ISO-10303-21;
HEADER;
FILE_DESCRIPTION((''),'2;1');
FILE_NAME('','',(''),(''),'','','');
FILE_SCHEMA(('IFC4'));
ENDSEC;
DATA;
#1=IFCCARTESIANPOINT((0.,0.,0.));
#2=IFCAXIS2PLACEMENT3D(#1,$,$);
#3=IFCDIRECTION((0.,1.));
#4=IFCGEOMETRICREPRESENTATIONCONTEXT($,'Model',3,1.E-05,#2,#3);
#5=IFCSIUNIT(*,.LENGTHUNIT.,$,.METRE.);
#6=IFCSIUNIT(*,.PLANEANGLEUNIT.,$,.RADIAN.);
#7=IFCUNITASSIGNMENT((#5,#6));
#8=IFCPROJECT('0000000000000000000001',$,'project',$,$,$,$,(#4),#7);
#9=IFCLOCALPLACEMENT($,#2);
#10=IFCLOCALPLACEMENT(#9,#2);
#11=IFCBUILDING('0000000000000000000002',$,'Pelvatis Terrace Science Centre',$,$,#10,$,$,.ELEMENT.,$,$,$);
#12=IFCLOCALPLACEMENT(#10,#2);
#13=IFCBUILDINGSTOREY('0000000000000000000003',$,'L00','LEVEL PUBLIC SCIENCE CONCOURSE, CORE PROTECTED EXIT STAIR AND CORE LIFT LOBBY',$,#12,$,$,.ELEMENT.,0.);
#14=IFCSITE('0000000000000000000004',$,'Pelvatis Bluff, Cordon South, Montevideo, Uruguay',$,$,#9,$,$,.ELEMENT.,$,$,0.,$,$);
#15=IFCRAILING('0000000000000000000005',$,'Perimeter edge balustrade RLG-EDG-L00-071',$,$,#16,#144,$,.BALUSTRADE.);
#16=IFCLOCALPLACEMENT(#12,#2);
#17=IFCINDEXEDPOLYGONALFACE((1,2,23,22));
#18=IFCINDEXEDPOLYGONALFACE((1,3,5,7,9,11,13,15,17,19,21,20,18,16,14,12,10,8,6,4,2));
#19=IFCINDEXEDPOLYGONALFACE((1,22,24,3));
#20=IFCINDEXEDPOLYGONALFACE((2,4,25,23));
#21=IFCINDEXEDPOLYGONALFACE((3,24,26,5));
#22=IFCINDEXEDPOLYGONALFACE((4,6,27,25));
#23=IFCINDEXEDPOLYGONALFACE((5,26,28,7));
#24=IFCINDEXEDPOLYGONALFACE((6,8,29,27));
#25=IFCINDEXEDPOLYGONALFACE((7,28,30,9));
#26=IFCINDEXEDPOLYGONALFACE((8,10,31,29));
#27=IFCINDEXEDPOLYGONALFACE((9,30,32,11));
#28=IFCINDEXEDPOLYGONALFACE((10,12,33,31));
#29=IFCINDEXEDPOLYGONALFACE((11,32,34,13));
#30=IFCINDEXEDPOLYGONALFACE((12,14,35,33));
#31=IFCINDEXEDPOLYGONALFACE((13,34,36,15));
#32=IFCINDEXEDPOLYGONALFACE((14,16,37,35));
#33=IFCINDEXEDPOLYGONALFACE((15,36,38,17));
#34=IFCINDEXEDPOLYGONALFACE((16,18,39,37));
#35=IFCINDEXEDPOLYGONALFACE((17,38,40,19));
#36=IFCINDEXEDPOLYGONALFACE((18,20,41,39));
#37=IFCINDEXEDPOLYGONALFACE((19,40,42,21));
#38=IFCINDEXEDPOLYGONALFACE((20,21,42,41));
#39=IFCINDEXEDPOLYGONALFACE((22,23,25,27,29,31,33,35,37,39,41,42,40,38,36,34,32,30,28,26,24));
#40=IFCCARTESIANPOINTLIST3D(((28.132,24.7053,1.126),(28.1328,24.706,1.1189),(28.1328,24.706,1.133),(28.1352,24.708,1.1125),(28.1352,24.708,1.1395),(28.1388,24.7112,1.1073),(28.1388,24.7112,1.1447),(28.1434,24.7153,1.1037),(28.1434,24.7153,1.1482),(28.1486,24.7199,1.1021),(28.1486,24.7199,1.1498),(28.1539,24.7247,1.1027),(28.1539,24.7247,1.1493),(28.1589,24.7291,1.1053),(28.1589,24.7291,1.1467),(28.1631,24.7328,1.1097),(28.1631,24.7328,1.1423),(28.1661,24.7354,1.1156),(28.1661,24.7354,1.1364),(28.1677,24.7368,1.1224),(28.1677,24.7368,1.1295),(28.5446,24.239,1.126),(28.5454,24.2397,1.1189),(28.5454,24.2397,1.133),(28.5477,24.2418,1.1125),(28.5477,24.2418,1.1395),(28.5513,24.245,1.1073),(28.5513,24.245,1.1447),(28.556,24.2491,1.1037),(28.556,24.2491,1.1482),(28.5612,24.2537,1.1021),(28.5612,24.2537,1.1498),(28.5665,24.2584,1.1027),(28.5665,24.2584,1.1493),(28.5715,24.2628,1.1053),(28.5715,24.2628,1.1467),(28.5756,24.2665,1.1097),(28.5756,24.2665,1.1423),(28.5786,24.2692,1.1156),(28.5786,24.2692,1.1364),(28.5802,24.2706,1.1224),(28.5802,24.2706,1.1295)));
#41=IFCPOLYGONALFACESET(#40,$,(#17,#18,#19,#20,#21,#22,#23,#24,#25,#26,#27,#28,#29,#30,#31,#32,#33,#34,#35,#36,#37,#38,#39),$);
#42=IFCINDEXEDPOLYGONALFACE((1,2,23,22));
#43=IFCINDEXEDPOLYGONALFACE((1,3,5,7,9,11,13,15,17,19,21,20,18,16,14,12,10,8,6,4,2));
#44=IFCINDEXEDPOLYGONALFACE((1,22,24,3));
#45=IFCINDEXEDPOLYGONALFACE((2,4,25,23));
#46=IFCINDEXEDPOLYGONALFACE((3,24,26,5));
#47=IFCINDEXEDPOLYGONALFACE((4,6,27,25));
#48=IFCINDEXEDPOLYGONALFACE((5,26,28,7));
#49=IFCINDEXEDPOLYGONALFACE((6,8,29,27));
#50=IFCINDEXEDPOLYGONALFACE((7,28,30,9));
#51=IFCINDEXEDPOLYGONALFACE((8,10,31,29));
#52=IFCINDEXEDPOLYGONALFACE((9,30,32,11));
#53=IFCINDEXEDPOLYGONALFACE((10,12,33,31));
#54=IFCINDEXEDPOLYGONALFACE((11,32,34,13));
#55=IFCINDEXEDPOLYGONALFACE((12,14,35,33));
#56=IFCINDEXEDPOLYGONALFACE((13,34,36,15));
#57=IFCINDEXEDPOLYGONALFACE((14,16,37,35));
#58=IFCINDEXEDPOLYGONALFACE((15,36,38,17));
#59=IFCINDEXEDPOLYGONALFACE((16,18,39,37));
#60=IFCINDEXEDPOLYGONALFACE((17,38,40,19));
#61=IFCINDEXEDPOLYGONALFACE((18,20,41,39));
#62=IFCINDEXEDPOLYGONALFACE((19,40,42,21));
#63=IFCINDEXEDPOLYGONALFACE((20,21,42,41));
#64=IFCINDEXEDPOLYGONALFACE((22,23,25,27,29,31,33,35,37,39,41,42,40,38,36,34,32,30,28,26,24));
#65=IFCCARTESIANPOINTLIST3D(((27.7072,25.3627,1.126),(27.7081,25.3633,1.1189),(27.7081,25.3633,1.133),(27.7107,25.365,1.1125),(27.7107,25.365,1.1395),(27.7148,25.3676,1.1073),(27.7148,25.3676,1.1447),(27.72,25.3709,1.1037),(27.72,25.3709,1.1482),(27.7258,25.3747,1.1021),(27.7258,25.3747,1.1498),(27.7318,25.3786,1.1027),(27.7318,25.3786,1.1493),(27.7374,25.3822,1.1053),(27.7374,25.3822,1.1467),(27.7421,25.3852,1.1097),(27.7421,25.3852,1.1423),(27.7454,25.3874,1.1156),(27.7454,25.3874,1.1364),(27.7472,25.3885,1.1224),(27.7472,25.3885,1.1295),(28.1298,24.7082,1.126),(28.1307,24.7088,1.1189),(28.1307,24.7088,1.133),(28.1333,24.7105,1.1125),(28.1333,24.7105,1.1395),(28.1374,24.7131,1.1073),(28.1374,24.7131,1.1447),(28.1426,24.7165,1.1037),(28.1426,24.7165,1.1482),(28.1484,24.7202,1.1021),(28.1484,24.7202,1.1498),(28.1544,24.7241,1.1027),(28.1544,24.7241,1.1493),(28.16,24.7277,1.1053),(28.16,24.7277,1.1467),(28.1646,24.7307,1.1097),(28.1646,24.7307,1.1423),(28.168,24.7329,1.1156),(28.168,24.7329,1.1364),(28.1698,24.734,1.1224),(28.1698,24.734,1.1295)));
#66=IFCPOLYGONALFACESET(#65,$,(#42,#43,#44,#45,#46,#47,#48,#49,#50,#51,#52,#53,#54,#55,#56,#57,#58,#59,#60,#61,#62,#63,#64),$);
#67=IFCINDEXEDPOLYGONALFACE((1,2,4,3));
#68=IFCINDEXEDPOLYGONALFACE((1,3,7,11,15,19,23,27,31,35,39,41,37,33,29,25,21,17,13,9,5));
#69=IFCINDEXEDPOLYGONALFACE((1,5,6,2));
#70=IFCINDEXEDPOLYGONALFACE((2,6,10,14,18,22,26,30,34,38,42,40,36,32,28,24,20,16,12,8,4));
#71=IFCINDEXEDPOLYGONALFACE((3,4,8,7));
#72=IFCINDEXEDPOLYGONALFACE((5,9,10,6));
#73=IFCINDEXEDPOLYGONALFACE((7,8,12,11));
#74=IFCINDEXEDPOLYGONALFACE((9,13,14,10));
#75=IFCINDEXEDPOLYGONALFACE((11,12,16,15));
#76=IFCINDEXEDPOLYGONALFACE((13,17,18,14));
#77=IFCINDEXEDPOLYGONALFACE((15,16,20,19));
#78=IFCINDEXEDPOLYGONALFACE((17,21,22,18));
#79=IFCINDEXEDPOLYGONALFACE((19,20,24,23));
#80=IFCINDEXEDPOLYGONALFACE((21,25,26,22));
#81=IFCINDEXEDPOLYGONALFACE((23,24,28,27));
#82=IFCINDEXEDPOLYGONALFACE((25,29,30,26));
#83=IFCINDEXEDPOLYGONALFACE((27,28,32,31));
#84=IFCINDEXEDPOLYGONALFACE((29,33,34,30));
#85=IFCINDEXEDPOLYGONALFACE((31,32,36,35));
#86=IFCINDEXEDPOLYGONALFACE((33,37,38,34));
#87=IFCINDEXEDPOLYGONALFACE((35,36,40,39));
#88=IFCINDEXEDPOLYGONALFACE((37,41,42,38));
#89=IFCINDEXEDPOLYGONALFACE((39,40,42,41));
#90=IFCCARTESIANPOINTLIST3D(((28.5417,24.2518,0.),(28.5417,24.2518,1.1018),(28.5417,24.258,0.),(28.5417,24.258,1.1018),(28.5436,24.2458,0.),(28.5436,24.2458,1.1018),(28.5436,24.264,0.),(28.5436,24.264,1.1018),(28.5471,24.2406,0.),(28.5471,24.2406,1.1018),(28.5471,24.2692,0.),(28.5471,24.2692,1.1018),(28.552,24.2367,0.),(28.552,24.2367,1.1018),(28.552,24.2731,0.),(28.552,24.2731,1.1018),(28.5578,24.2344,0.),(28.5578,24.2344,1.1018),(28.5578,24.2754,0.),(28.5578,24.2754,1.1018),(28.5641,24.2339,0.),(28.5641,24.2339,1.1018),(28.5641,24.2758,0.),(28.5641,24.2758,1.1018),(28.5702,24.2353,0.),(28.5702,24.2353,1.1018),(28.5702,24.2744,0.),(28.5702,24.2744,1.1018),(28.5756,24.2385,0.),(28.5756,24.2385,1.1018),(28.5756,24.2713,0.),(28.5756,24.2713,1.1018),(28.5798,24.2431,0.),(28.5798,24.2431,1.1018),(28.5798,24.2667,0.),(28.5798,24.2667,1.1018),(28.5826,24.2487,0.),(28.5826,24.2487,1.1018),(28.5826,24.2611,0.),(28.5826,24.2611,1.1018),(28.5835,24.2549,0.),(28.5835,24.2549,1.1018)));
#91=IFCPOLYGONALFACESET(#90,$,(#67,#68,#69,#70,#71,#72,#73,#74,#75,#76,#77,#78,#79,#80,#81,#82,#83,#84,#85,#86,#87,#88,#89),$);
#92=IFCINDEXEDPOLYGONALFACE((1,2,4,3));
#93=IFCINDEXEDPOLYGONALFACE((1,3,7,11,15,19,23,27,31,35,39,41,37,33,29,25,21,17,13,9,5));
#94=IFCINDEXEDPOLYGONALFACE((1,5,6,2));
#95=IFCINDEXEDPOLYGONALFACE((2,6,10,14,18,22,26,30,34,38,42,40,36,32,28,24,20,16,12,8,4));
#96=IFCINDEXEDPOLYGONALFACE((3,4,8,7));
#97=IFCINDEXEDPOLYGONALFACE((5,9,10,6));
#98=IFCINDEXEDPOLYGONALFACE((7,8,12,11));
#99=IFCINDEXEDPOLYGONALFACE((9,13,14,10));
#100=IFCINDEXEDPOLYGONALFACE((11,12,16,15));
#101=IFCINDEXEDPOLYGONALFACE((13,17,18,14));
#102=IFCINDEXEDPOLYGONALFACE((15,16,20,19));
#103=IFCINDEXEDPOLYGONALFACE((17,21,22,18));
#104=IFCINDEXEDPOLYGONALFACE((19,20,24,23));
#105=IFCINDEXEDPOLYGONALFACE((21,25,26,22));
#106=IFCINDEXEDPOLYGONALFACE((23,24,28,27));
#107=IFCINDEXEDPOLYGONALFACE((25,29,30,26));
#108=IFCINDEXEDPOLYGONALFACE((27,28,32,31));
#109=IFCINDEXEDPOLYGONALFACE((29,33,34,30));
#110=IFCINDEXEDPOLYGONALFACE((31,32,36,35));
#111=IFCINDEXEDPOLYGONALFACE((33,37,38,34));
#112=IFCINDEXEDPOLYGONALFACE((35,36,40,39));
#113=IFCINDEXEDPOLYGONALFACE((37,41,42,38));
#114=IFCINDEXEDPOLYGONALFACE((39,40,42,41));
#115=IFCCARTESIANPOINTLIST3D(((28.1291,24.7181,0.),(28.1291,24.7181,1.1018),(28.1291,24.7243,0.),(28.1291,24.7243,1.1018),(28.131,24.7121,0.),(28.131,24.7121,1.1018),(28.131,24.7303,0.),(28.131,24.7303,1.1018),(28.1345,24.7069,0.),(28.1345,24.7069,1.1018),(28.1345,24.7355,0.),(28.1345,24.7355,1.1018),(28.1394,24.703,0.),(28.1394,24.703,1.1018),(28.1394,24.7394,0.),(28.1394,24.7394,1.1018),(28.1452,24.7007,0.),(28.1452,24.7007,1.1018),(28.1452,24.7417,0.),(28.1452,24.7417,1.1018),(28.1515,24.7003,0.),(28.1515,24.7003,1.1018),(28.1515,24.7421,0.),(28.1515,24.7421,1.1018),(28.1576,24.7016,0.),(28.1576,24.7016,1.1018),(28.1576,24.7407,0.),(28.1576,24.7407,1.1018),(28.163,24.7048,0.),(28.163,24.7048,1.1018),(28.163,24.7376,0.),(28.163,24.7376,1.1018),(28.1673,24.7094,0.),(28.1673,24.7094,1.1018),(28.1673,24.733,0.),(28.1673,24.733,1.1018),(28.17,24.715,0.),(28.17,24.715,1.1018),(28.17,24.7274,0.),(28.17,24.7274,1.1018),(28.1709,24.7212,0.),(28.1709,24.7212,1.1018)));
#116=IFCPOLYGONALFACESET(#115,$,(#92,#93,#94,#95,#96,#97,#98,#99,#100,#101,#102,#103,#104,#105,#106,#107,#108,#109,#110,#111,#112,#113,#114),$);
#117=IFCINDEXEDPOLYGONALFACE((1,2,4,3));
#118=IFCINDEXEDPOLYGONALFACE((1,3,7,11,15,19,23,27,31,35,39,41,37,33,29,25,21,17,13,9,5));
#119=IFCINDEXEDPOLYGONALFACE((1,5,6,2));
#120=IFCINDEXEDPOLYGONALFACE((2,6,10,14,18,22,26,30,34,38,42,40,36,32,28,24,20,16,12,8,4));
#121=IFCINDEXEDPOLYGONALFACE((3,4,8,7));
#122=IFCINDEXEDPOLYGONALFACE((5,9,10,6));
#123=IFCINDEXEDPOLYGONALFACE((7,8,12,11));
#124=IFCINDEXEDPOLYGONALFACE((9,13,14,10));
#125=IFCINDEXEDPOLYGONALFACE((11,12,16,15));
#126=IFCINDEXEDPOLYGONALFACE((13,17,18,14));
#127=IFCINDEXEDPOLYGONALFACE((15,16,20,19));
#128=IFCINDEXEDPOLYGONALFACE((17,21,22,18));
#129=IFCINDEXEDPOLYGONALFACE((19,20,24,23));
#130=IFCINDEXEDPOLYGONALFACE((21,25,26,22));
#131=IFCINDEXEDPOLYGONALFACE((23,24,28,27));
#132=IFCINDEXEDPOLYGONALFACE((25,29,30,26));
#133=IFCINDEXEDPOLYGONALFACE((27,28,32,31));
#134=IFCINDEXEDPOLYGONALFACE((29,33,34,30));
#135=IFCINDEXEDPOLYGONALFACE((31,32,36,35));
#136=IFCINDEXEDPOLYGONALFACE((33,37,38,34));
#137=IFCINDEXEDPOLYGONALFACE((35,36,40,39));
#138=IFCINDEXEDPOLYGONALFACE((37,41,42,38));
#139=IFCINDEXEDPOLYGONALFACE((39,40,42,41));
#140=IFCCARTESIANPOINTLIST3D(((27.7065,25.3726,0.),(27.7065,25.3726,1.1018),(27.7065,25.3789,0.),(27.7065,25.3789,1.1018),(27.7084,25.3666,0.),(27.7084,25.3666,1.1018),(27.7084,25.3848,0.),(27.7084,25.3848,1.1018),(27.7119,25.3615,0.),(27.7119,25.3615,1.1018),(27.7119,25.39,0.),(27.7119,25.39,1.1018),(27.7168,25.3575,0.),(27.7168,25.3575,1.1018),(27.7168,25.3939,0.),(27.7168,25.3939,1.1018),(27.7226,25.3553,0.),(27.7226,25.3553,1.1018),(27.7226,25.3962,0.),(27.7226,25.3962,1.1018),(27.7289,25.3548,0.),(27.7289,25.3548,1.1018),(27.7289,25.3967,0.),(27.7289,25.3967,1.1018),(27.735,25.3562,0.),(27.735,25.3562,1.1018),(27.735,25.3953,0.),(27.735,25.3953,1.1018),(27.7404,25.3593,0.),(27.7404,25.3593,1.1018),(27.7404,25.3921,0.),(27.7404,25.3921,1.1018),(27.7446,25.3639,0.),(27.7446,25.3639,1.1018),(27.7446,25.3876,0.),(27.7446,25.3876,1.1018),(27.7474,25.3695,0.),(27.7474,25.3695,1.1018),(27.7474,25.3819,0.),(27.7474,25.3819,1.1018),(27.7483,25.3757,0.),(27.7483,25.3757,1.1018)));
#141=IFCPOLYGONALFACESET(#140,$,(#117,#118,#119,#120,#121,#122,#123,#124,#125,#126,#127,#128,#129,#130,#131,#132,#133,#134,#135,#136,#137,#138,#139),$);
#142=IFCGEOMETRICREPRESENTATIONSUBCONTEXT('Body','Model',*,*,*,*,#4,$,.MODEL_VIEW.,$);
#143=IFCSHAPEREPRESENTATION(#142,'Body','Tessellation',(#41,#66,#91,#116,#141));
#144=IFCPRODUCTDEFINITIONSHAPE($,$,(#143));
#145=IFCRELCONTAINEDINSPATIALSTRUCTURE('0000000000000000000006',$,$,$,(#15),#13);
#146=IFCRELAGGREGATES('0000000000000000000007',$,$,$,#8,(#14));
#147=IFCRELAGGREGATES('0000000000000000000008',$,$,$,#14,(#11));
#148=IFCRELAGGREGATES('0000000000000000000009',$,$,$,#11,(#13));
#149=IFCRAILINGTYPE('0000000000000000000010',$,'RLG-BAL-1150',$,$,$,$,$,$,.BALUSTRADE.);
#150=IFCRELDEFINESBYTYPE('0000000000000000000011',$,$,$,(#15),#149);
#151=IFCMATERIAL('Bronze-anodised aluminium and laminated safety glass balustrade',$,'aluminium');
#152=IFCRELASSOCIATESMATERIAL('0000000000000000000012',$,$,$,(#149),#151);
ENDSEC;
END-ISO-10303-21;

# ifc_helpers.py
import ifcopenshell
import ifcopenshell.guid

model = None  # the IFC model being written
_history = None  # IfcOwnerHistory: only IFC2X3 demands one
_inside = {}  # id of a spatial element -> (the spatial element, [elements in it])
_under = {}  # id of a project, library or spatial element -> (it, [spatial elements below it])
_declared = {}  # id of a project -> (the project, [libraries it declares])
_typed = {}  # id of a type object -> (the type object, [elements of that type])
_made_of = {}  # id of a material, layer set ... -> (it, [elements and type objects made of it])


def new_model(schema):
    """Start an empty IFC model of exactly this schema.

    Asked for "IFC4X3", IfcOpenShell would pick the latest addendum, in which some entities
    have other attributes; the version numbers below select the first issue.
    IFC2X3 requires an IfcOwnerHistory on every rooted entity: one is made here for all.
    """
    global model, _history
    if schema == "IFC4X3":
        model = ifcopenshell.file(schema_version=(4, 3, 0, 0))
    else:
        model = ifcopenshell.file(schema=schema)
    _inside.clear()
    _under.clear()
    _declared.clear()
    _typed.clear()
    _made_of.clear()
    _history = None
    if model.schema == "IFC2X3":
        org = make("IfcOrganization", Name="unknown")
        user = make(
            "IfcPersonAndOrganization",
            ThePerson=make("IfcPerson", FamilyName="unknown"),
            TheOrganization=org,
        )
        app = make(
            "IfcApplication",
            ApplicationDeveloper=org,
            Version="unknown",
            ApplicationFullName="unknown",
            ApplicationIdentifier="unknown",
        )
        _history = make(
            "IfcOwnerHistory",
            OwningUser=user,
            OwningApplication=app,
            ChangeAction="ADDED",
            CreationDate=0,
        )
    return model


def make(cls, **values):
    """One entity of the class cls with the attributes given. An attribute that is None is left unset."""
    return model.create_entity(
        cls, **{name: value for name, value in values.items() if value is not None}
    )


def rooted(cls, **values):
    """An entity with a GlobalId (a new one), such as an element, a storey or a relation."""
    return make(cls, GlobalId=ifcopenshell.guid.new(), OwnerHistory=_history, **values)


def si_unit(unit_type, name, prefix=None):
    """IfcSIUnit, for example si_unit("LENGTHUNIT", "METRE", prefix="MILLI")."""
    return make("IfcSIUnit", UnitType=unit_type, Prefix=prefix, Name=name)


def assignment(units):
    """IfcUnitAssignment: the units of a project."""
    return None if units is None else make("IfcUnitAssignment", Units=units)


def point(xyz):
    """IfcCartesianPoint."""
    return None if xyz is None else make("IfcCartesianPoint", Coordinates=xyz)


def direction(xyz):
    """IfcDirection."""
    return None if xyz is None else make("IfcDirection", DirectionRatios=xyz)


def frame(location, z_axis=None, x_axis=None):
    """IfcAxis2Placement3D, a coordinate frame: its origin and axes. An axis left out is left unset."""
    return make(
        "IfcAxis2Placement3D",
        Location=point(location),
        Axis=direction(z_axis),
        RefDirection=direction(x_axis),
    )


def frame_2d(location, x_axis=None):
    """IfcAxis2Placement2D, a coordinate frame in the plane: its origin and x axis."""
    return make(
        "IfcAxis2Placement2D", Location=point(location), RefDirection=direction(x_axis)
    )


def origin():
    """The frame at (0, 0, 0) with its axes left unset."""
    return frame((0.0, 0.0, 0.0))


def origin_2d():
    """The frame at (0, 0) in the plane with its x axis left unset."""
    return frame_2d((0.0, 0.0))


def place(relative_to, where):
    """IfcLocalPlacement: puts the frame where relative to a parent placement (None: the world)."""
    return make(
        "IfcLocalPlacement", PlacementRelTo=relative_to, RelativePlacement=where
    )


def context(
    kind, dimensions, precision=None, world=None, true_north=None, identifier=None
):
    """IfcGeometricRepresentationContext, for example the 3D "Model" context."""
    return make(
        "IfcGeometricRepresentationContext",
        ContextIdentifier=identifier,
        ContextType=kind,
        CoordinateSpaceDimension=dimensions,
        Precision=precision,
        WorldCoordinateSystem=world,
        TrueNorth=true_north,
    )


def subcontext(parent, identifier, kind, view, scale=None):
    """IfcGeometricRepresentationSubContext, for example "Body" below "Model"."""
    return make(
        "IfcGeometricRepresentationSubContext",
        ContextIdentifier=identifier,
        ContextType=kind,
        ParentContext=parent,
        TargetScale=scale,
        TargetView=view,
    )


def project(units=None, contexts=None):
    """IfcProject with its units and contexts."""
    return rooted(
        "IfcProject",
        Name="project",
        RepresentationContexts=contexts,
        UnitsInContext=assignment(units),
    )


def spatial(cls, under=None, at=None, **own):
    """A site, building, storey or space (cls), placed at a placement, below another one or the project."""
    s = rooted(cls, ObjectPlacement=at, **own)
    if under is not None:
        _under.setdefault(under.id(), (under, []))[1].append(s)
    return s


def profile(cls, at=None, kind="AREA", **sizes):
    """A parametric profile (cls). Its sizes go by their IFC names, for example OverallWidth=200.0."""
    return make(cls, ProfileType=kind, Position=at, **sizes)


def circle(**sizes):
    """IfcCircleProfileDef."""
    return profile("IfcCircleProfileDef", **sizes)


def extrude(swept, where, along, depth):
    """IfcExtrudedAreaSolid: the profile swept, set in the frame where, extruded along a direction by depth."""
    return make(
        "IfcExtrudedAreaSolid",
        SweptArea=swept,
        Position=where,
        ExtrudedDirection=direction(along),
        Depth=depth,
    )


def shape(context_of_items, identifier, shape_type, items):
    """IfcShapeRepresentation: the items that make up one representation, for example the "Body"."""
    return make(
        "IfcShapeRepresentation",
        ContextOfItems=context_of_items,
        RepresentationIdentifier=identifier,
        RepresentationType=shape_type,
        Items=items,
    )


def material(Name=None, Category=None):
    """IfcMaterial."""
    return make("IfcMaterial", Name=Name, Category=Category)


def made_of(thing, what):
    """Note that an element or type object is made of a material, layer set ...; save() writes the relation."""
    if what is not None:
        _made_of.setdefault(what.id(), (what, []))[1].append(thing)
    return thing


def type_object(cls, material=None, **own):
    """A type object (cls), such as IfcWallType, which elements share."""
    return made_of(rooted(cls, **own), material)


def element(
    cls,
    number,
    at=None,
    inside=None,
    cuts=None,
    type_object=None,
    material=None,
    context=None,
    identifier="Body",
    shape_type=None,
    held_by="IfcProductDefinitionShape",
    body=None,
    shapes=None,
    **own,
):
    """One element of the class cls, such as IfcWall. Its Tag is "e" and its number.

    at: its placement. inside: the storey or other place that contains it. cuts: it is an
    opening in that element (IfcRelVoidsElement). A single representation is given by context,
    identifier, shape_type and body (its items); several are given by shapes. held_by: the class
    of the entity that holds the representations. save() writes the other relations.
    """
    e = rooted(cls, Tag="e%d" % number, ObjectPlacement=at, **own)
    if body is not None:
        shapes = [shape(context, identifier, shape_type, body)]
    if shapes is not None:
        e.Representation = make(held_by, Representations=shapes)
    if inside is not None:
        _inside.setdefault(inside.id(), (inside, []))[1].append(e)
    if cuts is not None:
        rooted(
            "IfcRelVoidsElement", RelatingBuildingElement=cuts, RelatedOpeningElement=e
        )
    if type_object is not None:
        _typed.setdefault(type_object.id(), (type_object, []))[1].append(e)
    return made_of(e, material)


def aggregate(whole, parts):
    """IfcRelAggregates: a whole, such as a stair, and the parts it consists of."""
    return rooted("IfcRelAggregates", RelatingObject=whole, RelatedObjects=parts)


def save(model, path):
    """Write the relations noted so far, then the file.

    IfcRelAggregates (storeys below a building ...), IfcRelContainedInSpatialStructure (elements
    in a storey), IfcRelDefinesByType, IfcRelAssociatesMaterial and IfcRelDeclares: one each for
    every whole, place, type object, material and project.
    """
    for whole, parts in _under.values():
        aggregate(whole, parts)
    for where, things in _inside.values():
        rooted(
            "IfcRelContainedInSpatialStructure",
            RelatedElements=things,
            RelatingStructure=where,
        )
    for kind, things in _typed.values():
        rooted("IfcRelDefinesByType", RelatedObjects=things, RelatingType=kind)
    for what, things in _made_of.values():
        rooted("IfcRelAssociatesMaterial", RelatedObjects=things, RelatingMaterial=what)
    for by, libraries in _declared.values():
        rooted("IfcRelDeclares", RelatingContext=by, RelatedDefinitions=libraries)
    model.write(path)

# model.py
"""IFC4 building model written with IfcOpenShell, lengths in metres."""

from ifc_helpers import new_model, si_unit, direction, frame, origin, origin_2d, place, context, subcontext, project, spatial, circle, extrude, material, type_object, element, save


model = new_model("IFC4")

# Units and contexts
model_context = context("Model", 3, precision=1e-05, world=origin(), true_north=direction((0.0, 1.0)))
body_context = subcontext(model_context, "Body", "Model", "MODEL_VIEW")
ifc_project = project(units=[si_unit("LENGTHUNIT", "METRE"), si_unit("PLANEANGLEUNIT", "RADIAN")], contexts=[model_context])

# Site, building, storey
site_placement = place(None, origin())
site = spatial("IfcSite", under=ifc_project, at=site_placement, Name="Pelvatis Bluff, Cordon South, Montevideo, Uruguay", CompositionType="ELEMENT", RefElevation=0.0)
building_placement = place(site_placement, origin())
building = spatial("IfcBuilding", under=site, at=building_placement, Name="Pelvatis Terrace Science Centre", CompositionType="ELEMENT")
storey_placement = place(building_placement, origin())
storey = spatial("IfcBuildingStorey", under=building, at=storey_placement, Name="L00", Description="LEVEL PUBLIC SCIENCE CONCOURSE, CORE PROTECTED EXIT STAIR AND CORE LIFT LOBBY", CompositionType="ELEMENT", Elevation=0.0)

# Railing
ifc_material_1 = material(Name="Bronze-anodised aluminium and laminated safety glass balustrade", Category="aluminium")
railing_type = type_object("IfcRailingType", Name="RLG-BAL-1150", PredefinedType="BALUSTRADE", material=ifc_material_1)
railing_placement = place(storey_placement, frame((28.5625, 24.2549, 0.0)))
element("IfcRailing", 1, at=railing_placement, inside=storey, type_object=railing_type, Name="Perimeter edge balustrade RLG-EDG-L00-071", PredefinedType="BALUSTRADE", context=body_context, shape_type="SweptSolid", body=[
    extrude(circle(Radius=0.0239, at=origin_2d()), frame((0.0, 0.0, 1.126), z_axis=(-0.662658, 0.748922, 0.0), x_axis=(-0.748922, -0.662658, 0.0)), (0.0, 0.0, 1.0), 0.6226),
    extrude(circle(Radius=0.0239, at=origin_2d()), frame((-0.4126, 0.4663, 1.126), z_axis=(-0.542419, 0.840108, 0.0), x_axis=(-0.840108, -0.542419, 0.0)), (0.0, 0.0, 1.0), 0.7791),
    extrude(circle(Radius=0.021, at=origin_2d()), origin(), (0.0, 0.0, 1.0), 1.1018),
    extrude(circle(Radius=0.021, at=origin_2d()), frame((-0.4126, 0.4663, 0.0)), (0.0, 0.0, 1.0), 1.1018),
    extrude(circle(Radius=0.021, at=origin_2d()), frame((-0.8352, 1.1208, 0.0)), (0.0, 0.0, 1.0), 1.1018),
])

save(model, "model.ifc")
